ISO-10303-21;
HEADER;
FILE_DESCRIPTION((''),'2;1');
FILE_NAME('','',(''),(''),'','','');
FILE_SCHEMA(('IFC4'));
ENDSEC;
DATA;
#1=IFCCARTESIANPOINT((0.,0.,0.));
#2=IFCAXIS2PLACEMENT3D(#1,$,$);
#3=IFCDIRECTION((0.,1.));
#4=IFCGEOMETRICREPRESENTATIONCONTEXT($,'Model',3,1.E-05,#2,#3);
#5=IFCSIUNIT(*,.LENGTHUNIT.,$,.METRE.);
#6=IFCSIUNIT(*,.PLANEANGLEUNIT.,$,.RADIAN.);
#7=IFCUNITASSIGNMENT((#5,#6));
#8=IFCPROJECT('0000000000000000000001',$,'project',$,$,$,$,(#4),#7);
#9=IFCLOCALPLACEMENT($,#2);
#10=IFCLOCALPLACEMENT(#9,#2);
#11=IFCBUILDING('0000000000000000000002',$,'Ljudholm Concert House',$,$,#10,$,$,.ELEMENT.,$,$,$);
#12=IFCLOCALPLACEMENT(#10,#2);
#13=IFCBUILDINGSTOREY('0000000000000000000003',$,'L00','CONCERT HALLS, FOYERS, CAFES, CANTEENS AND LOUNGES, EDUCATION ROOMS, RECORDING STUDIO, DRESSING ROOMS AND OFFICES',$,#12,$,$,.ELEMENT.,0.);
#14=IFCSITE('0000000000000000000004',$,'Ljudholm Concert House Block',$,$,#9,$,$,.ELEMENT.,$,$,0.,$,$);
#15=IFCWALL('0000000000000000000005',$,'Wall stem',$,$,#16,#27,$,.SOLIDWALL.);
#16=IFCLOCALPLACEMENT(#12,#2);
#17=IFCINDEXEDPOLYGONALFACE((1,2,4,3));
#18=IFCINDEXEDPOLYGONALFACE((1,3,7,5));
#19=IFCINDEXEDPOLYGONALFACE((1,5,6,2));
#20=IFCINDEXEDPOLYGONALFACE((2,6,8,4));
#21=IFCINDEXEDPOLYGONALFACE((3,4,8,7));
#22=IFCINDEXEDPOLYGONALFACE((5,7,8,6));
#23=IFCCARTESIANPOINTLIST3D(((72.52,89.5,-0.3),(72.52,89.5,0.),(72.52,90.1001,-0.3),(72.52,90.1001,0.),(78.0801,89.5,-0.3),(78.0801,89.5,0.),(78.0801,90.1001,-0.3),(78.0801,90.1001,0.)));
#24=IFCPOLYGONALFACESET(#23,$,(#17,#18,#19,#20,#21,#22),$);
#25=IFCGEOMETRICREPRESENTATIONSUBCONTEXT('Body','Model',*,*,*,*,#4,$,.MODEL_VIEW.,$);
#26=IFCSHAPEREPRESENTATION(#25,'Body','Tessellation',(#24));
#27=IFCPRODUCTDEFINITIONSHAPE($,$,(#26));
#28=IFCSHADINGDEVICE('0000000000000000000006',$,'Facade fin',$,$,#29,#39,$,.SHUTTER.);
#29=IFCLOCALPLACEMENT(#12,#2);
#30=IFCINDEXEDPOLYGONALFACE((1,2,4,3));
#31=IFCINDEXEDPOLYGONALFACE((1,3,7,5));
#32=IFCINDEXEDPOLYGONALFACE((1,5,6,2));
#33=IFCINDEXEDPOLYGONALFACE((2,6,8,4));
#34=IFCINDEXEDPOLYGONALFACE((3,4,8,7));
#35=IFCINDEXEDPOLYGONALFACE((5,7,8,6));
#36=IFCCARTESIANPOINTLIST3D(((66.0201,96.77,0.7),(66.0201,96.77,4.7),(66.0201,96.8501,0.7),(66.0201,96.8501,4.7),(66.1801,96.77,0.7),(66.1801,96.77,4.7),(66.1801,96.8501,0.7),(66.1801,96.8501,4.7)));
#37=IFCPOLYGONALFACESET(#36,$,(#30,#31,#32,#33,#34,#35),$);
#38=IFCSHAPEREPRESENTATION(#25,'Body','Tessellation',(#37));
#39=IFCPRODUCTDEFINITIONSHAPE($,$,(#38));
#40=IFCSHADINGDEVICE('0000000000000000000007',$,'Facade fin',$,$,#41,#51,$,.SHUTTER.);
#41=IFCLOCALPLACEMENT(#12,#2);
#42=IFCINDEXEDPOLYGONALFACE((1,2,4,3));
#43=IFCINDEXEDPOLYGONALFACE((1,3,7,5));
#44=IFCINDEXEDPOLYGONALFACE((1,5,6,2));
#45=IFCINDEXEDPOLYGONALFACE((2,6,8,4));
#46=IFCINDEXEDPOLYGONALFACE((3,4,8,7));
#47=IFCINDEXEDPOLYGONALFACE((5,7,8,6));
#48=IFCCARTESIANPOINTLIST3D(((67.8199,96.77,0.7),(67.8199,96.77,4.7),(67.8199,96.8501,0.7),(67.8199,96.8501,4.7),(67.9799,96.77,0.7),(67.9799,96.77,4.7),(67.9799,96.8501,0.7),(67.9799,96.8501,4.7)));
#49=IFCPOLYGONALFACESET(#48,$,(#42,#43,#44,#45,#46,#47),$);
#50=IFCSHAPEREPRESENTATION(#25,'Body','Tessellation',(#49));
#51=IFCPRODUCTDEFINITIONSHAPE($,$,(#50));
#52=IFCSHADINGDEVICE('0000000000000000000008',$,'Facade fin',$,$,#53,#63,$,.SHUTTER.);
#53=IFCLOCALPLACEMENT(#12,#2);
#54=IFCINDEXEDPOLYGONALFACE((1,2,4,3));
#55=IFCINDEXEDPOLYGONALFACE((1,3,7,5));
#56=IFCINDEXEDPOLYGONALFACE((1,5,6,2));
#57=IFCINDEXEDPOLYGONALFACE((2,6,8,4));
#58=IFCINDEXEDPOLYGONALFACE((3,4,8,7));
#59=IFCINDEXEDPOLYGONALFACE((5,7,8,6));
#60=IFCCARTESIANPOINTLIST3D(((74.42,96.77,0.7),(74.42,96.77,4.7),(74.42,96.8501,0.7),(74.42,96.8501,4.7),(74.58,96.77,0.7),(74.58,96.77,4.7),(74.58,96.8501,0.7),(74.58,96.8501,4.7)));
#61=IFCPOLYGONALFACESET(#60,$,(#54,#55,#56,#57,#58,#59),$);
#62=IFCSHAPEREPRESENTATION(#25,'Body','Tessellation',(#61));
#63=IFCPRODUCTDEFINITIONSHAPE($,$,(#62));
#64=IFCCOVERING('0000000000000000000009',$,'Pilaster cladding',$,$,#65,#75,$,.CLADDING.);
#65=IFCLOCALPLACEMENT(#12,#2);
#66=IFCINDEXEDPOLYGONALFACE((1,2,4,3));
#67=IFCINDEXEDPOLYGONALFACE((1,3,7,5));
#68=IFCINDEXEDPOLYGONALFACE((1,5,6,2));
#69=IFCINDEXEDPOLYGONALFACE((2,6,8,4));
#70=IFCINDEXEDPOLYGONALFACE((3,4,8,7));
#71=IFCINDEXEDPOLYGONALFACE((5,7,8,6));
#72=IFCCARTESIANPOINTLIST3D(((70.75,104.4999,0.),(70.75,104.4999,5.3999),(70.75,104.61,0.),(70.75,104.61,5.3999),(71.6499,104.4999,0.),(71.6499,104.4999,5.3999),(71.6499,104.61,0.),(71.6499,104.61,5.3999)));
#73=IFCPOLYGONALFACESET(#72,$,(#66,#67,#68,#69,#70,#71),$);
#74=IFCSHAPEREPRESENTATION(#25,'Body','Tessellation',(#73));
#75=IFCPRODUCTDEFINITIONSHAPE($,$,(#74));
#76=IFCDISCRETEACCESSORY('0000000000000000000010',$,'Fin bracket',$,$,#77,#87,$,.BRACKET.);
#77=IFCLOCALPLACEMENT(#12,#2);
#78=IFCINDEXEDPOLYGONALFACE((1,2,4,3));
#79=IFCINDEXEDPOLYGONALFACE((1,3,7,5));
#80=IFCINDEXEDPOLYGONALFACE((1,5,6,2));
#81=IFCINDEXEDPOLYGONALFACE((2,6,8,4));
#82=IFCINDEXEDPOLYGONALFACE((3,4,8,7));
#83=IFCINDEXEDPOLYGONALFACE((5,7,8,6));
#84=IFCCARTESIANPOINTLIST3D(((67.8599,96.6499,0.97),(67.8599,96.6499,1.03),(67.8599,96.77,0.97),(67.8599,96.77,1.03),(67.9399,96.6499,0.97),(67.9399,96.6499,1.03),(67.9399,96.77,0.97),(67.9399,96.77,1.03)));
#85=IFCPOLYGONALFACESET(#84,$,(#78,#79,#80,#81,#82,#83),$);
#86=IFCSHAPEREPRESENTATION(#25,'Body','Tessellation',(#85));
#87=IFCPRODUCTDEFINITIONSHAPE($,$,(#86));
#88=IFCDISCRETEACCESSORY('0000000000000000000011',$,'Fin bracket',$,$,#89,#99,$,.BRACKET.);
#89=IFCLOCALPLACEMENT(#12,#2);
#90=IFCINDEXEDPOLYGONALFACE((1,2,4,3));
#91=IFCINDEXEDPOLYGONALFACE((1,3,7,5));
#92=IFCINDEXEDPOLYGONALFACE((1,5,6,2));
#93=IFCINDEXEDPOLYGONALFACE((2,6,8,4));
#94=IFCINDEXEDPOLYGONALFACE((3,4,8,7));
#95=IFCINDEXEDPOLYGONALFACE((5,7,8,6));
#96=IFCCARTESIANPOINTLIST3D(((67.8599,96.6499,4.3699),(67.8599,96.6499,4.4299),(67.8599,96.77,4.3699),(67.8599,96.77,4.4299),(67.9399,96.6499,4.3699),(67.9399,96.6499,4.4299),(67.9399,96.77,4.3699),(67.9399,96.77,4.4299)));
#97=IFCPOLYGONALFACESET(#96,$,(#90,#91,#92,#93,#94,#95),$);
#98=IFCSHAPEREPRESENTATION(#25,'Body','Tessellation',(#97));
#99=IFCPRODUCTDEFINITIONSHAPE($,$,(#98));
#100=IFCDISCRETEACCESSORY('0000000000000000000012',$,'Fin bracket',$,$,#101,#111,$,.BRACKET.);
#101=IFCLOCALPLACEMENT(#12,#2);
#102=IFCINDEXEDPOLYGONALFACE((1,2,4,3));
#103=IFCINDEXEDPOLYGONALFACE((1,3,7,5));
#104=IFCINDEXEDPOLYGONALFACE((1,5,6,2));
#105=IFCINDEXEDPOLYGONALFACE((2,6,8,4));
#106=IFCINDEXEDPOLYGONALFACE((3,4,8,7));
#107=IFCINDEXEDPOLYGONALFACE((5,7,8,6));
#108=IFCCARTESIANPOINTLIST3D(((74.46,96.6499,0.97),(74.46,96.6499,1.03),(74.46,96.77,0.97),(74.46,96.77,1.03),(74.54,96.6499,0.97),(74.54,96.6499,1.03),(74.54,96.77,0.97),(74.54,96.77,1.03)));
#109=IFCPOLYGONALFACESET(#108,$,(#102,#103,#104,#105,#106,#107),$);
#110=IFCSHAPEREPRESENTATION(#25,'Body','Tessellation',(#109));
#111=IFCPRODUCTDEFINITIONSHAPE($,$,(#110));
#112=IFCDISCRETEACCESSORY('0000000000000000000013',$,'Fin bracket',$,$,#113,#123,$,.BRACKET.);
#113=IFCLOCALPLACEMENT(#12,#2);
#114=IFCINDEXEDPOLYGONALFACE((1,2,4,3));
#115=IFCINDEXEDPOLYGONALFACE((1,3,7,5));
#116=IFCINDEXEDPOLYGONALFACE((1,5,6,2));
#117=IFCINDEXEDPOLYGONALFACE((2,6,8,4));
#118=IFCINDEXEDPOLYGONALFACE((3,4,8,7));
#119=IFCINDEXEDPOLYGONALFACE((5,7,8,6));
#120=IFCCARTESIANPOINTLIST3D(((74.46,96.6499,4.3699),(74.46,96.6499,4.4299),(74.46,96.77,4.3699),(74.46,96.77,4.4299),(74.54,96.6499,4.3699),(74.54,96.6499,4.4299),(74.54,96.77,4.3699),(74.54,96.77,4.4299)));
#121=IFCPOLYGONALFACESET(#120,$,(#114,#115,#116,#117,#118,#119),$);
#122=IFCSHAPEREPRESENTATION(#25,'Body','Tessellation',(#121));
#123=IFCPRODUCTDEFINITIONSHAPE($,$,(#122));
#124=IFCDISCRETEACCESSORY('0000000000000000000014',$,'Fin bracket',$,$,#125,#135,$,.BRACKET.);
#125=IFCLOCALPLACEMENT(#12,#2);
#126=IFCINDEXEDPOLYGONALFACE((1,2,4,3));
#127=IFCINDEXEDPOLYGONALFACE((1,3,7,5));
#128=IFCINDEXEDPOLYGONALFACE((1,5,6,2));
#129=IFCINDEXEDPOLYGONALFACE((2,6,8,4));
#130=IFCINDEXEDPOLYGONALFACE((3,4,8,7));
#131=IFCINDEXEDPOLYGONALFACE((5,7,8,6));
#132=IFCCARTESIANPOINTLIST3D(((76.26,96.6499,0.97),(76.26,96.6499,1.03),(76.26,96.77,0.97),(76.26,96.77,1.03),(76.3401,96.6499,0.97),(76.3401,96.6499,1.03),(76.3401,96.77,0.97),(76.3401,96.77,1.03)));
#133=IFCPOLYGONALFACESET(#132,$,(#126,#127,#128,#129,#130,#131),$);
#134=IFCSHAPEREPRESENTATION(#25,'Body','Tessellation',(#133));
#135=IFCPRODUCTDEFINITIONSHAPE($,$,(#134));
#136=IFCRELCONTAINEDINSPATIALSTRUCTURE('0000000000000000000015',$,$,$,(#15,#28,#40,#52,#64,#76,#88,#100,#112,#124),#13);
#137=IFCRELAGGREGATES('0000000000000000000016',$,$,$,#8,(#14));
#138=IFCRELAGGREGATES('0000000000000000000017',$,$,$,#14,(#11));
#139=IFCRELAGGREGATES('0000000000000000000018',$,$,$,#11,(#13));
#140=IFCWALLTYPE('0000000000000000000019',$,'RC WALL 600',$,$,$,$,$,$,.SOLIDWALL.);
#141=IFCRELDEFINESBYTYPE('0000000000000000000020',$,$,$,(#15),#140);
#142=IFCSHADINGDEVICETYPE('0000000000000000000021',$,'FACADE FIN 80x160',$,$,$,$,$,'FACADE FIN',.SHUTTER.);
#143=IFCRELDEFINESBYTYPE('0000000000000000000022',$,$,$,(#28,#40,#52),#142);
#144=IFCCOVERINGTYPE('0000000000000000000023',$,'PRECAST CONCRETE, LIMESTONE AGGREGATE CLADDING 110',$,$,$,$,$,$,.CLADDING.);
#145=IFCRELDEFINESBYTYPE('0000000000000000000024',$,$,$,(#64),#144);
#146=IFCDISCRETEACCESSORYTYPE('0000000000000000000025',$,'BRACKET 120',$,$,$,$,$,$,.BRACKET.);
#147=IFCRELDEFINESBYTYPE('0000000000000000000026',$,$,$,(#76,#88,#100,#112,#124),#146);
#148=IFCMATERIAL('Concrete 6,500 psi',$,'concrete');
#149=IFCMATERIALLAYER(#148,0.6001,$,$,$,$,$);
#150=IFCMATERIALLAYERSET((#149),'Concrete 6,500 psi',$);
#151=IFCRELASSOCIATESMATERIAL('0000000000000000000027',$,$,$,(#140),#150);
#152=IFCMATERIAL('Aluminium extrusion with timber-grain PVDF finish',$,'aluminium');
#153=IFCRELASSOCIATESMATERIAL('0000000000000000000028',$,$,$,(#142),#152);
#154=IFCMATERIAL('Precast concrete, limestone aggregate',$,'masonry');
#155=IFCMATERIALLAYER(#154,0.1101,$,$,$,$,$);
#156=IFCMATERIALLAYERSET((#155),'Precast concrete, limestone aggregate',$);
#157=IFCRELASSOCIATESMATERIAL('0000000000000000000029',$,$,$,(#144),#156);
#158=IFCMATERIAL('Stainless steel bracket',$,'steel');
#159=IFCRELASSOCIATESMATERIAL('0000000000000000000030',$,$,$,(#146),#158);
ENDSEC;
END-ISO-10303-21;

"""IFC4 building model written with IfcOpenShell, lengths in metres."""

from ifc_helpers import new_model, si_unit, direction, frame, frame_2d, origin, origin_2d, place, context, subcontext, project, spatial, rectangle, extrude, material, layer, layer_set, type_object, element, save


model = new_model("IFC4")

# Units and contexts
model_context = context("Model", 3, precision=1e-05, world=origin(), true_north=direction((0.0, 1.0)))
body_context = subcontext(model_context, "Body", "Model", "MODEL_VIEW")
ifc_project = project(units=[si_unit("LENGTHUNIT", "METRE"), si_unit("PLANEANGLEUNIT", "RADIAN")], contexts=[model_context])

# Site, building, storey
site_placement = place(None, origin())
site = spatial("IfcSite", under=ifc_project, at=site_placement, Name="Ljudholm Concert House Block", CompositionType="ELEMENT", RefElevation=0.0)
building_placement = place(site_placement, origin())
building = spatial("IfcBuilding", under=site, at=building_placement, Name="Ljudholm Concert House", CompositionType="ELEMENT")
storey_placement = place(building_placement, origin())
storey = spatial("IfcBuildingStorey", under=building, at=storey_placement, Name="L00", Description="CONCERT HALLS, FOYERS, CAFES, CANTEENS AND LOUNGES, EDUCATION ROOMS, RECORDING STUDIO, DRESSING ROOMS AND OFFICES", CompositionType="ELEMENT", Elevation=0.0)

# Wall
ifc_material_1 = material(Name="Concrete 6,500 psi", Category="concrete")
ifc_layer_1 = layer(ifc_material_1, 0.6001)
ifc_layer_set_1 = layer_set([ifc_layer_1], Name="Concrete 6,500 psi")
wall_type_1 = type_object("IfcWallType", Name="RC WALL 600", PredefinedType="SOLIDWALL", material=ifc_layer_set_1)
wall_1_placement = place(storey_placement, frame((72.52, 89.8, -0.3), z_axis=(0.0, 0.0, 1.0), x_axis=(1.0, 0.0, 0.0)))
element("IfcWall", 1, at=wall_1_placement, inside=storey, type_object=wall_type_1, Name="Wall stem", PredefinedType="SOLIDWALL", context=body_context, shape_type="SweptSolid", body=[
    extrude(rectangle(XDim=5.5601, YDim=0.6001, at=frame_2d((2.78, 0.0))), origin(), (0.0, 0.0, 1.0), 0.3),
])

# Shading devices
ifc_material_2 = material(Name="Aluminium extrusion with timber-grain PVDF finish", Category="aluminium")
shading_device_type = type_object("IfcShadingDeviceType", Name="FACADE FIN 80x160", ElementType="FACADE FIN", PredefinedType="SHUTTER", material=ifc_material_2)
for number, where, z_axis, x_axis, name in (
    (2, (66.1001, 96.8101, 0.7), (0.0, 0.0, 1.0), (0.0, 1.0, 0.0), "Facade fin"),
    (3, (67.8999, 96.8101, 0.7), (0.0, 0.0, 1.0), (0.0, 1.0, 0.0), "Facade fin"),
    (4, (74.5, 96.8101, 0.7), (0.0, 0.0, 1.0), (0.0, 1.0, 0.0), "Facade fin"),
):
    element("IfcShadingDevice", number, at=place(storey_placement, frame(where, z_axis=z_axis, x_axis=x_axis)), inside=storey, type_object=shading_device_type, Name=name, PredefinedType="SHUTTER", context=body_context, shape_type="SweptSolid", body=[
        extrude(rectangle(XDim=0.0801, YDim=0.1599, at=origin_2d()), origin(), (0.0, 0.0, 1.0), 4.0),
    ])

# Covering
ifc_material_3 = material(Name="Precast concrete, limestone aggregate", Category="masonry")
ifc_layer_2 = layer(ifc_material_3, 0.1101)
ifc_layer_set_2 = layer_set([ifc_layer_2], Name="Precast concrete, limestone aggregate")
covering_type = type_object("IfcCoveringType", Name="PRECAST CONCRETE, LIMESTONE AGGREGATE CLADDING 110", PredefinedType="CLADDING", material=ifc_layer_set_2)
covering_placement = place(storey_placement, frame((71.2, 104.5549, 0.0), z_axis=(0.0, 0.0, 1.0), x_axis=(0.0, -1.0, 0.0)))
element("IfcCovering", 5, at=covering_placement, inside=storey, type_object=covering_type, Name="Pilaster cladding", PredefinedType="CLADDING", context=body_context, shape_type="SweptSolid", body=[
    extrude(rectangle(XDim=0.1101, YDim=0.8999, at=origin_2d()), origin(), (0.0, 0.0, 1.0), 5.3999),
])

# Discrete accessories
ifc_material_4 = material(Name="Stainless steel bracket", Category="steel")
discrete_accessory_type = type_object("IfcDiscreteAccessoryType", Name="BRACKET 120", PredefinedType="BRACKET", material=ifc_material_4)
for number, where, z_axis, x_axis, name in (
    (6, (67.8999, 96.71, 0.97), (0.0, 0.0, 1.0), (0.0, 1.0, 0.0), "Fin bracket"),
    (7, (67.8999, 96.71, 4.3699), (0.0, 0.0, 1.0), (0.0, 1.0, 0.0), "Fin bracket"),
    (8, (74.5, 96.71, 0.97), (0.0, 0.0, 1.0), (0.0, 1.0, 0.0), "Fin bracket"),
    (9, (74.5, 96.71, 4.3699), (0.0, 0.0, 1.0), (0.0, 1.0, 0.0), "Fin bracket"),
    (10, (76.3, 96.71, 0.97), (0.0, 0.0, 1.0), (0.0, 1.0, 0.0), "Fin bracket"),
):
    element("IfcDiscreteAccessory", number, at=place(storey_placement, frame(where, z_axis=z_axis, x_axis=x_axis)), inside=storey, type_object=discrete_accessory_type, Name=name, PredefinedType="BRACKET", context=body_context, shape_type="SweptSolid", body=[
        extrude(rectangle(XDim=0.1201, YDim=0.0801, at=origin_2d()), origin(), (0.0, 0.0, 1.0), 0.0601),
    ])

save(model, "model.ifc")
